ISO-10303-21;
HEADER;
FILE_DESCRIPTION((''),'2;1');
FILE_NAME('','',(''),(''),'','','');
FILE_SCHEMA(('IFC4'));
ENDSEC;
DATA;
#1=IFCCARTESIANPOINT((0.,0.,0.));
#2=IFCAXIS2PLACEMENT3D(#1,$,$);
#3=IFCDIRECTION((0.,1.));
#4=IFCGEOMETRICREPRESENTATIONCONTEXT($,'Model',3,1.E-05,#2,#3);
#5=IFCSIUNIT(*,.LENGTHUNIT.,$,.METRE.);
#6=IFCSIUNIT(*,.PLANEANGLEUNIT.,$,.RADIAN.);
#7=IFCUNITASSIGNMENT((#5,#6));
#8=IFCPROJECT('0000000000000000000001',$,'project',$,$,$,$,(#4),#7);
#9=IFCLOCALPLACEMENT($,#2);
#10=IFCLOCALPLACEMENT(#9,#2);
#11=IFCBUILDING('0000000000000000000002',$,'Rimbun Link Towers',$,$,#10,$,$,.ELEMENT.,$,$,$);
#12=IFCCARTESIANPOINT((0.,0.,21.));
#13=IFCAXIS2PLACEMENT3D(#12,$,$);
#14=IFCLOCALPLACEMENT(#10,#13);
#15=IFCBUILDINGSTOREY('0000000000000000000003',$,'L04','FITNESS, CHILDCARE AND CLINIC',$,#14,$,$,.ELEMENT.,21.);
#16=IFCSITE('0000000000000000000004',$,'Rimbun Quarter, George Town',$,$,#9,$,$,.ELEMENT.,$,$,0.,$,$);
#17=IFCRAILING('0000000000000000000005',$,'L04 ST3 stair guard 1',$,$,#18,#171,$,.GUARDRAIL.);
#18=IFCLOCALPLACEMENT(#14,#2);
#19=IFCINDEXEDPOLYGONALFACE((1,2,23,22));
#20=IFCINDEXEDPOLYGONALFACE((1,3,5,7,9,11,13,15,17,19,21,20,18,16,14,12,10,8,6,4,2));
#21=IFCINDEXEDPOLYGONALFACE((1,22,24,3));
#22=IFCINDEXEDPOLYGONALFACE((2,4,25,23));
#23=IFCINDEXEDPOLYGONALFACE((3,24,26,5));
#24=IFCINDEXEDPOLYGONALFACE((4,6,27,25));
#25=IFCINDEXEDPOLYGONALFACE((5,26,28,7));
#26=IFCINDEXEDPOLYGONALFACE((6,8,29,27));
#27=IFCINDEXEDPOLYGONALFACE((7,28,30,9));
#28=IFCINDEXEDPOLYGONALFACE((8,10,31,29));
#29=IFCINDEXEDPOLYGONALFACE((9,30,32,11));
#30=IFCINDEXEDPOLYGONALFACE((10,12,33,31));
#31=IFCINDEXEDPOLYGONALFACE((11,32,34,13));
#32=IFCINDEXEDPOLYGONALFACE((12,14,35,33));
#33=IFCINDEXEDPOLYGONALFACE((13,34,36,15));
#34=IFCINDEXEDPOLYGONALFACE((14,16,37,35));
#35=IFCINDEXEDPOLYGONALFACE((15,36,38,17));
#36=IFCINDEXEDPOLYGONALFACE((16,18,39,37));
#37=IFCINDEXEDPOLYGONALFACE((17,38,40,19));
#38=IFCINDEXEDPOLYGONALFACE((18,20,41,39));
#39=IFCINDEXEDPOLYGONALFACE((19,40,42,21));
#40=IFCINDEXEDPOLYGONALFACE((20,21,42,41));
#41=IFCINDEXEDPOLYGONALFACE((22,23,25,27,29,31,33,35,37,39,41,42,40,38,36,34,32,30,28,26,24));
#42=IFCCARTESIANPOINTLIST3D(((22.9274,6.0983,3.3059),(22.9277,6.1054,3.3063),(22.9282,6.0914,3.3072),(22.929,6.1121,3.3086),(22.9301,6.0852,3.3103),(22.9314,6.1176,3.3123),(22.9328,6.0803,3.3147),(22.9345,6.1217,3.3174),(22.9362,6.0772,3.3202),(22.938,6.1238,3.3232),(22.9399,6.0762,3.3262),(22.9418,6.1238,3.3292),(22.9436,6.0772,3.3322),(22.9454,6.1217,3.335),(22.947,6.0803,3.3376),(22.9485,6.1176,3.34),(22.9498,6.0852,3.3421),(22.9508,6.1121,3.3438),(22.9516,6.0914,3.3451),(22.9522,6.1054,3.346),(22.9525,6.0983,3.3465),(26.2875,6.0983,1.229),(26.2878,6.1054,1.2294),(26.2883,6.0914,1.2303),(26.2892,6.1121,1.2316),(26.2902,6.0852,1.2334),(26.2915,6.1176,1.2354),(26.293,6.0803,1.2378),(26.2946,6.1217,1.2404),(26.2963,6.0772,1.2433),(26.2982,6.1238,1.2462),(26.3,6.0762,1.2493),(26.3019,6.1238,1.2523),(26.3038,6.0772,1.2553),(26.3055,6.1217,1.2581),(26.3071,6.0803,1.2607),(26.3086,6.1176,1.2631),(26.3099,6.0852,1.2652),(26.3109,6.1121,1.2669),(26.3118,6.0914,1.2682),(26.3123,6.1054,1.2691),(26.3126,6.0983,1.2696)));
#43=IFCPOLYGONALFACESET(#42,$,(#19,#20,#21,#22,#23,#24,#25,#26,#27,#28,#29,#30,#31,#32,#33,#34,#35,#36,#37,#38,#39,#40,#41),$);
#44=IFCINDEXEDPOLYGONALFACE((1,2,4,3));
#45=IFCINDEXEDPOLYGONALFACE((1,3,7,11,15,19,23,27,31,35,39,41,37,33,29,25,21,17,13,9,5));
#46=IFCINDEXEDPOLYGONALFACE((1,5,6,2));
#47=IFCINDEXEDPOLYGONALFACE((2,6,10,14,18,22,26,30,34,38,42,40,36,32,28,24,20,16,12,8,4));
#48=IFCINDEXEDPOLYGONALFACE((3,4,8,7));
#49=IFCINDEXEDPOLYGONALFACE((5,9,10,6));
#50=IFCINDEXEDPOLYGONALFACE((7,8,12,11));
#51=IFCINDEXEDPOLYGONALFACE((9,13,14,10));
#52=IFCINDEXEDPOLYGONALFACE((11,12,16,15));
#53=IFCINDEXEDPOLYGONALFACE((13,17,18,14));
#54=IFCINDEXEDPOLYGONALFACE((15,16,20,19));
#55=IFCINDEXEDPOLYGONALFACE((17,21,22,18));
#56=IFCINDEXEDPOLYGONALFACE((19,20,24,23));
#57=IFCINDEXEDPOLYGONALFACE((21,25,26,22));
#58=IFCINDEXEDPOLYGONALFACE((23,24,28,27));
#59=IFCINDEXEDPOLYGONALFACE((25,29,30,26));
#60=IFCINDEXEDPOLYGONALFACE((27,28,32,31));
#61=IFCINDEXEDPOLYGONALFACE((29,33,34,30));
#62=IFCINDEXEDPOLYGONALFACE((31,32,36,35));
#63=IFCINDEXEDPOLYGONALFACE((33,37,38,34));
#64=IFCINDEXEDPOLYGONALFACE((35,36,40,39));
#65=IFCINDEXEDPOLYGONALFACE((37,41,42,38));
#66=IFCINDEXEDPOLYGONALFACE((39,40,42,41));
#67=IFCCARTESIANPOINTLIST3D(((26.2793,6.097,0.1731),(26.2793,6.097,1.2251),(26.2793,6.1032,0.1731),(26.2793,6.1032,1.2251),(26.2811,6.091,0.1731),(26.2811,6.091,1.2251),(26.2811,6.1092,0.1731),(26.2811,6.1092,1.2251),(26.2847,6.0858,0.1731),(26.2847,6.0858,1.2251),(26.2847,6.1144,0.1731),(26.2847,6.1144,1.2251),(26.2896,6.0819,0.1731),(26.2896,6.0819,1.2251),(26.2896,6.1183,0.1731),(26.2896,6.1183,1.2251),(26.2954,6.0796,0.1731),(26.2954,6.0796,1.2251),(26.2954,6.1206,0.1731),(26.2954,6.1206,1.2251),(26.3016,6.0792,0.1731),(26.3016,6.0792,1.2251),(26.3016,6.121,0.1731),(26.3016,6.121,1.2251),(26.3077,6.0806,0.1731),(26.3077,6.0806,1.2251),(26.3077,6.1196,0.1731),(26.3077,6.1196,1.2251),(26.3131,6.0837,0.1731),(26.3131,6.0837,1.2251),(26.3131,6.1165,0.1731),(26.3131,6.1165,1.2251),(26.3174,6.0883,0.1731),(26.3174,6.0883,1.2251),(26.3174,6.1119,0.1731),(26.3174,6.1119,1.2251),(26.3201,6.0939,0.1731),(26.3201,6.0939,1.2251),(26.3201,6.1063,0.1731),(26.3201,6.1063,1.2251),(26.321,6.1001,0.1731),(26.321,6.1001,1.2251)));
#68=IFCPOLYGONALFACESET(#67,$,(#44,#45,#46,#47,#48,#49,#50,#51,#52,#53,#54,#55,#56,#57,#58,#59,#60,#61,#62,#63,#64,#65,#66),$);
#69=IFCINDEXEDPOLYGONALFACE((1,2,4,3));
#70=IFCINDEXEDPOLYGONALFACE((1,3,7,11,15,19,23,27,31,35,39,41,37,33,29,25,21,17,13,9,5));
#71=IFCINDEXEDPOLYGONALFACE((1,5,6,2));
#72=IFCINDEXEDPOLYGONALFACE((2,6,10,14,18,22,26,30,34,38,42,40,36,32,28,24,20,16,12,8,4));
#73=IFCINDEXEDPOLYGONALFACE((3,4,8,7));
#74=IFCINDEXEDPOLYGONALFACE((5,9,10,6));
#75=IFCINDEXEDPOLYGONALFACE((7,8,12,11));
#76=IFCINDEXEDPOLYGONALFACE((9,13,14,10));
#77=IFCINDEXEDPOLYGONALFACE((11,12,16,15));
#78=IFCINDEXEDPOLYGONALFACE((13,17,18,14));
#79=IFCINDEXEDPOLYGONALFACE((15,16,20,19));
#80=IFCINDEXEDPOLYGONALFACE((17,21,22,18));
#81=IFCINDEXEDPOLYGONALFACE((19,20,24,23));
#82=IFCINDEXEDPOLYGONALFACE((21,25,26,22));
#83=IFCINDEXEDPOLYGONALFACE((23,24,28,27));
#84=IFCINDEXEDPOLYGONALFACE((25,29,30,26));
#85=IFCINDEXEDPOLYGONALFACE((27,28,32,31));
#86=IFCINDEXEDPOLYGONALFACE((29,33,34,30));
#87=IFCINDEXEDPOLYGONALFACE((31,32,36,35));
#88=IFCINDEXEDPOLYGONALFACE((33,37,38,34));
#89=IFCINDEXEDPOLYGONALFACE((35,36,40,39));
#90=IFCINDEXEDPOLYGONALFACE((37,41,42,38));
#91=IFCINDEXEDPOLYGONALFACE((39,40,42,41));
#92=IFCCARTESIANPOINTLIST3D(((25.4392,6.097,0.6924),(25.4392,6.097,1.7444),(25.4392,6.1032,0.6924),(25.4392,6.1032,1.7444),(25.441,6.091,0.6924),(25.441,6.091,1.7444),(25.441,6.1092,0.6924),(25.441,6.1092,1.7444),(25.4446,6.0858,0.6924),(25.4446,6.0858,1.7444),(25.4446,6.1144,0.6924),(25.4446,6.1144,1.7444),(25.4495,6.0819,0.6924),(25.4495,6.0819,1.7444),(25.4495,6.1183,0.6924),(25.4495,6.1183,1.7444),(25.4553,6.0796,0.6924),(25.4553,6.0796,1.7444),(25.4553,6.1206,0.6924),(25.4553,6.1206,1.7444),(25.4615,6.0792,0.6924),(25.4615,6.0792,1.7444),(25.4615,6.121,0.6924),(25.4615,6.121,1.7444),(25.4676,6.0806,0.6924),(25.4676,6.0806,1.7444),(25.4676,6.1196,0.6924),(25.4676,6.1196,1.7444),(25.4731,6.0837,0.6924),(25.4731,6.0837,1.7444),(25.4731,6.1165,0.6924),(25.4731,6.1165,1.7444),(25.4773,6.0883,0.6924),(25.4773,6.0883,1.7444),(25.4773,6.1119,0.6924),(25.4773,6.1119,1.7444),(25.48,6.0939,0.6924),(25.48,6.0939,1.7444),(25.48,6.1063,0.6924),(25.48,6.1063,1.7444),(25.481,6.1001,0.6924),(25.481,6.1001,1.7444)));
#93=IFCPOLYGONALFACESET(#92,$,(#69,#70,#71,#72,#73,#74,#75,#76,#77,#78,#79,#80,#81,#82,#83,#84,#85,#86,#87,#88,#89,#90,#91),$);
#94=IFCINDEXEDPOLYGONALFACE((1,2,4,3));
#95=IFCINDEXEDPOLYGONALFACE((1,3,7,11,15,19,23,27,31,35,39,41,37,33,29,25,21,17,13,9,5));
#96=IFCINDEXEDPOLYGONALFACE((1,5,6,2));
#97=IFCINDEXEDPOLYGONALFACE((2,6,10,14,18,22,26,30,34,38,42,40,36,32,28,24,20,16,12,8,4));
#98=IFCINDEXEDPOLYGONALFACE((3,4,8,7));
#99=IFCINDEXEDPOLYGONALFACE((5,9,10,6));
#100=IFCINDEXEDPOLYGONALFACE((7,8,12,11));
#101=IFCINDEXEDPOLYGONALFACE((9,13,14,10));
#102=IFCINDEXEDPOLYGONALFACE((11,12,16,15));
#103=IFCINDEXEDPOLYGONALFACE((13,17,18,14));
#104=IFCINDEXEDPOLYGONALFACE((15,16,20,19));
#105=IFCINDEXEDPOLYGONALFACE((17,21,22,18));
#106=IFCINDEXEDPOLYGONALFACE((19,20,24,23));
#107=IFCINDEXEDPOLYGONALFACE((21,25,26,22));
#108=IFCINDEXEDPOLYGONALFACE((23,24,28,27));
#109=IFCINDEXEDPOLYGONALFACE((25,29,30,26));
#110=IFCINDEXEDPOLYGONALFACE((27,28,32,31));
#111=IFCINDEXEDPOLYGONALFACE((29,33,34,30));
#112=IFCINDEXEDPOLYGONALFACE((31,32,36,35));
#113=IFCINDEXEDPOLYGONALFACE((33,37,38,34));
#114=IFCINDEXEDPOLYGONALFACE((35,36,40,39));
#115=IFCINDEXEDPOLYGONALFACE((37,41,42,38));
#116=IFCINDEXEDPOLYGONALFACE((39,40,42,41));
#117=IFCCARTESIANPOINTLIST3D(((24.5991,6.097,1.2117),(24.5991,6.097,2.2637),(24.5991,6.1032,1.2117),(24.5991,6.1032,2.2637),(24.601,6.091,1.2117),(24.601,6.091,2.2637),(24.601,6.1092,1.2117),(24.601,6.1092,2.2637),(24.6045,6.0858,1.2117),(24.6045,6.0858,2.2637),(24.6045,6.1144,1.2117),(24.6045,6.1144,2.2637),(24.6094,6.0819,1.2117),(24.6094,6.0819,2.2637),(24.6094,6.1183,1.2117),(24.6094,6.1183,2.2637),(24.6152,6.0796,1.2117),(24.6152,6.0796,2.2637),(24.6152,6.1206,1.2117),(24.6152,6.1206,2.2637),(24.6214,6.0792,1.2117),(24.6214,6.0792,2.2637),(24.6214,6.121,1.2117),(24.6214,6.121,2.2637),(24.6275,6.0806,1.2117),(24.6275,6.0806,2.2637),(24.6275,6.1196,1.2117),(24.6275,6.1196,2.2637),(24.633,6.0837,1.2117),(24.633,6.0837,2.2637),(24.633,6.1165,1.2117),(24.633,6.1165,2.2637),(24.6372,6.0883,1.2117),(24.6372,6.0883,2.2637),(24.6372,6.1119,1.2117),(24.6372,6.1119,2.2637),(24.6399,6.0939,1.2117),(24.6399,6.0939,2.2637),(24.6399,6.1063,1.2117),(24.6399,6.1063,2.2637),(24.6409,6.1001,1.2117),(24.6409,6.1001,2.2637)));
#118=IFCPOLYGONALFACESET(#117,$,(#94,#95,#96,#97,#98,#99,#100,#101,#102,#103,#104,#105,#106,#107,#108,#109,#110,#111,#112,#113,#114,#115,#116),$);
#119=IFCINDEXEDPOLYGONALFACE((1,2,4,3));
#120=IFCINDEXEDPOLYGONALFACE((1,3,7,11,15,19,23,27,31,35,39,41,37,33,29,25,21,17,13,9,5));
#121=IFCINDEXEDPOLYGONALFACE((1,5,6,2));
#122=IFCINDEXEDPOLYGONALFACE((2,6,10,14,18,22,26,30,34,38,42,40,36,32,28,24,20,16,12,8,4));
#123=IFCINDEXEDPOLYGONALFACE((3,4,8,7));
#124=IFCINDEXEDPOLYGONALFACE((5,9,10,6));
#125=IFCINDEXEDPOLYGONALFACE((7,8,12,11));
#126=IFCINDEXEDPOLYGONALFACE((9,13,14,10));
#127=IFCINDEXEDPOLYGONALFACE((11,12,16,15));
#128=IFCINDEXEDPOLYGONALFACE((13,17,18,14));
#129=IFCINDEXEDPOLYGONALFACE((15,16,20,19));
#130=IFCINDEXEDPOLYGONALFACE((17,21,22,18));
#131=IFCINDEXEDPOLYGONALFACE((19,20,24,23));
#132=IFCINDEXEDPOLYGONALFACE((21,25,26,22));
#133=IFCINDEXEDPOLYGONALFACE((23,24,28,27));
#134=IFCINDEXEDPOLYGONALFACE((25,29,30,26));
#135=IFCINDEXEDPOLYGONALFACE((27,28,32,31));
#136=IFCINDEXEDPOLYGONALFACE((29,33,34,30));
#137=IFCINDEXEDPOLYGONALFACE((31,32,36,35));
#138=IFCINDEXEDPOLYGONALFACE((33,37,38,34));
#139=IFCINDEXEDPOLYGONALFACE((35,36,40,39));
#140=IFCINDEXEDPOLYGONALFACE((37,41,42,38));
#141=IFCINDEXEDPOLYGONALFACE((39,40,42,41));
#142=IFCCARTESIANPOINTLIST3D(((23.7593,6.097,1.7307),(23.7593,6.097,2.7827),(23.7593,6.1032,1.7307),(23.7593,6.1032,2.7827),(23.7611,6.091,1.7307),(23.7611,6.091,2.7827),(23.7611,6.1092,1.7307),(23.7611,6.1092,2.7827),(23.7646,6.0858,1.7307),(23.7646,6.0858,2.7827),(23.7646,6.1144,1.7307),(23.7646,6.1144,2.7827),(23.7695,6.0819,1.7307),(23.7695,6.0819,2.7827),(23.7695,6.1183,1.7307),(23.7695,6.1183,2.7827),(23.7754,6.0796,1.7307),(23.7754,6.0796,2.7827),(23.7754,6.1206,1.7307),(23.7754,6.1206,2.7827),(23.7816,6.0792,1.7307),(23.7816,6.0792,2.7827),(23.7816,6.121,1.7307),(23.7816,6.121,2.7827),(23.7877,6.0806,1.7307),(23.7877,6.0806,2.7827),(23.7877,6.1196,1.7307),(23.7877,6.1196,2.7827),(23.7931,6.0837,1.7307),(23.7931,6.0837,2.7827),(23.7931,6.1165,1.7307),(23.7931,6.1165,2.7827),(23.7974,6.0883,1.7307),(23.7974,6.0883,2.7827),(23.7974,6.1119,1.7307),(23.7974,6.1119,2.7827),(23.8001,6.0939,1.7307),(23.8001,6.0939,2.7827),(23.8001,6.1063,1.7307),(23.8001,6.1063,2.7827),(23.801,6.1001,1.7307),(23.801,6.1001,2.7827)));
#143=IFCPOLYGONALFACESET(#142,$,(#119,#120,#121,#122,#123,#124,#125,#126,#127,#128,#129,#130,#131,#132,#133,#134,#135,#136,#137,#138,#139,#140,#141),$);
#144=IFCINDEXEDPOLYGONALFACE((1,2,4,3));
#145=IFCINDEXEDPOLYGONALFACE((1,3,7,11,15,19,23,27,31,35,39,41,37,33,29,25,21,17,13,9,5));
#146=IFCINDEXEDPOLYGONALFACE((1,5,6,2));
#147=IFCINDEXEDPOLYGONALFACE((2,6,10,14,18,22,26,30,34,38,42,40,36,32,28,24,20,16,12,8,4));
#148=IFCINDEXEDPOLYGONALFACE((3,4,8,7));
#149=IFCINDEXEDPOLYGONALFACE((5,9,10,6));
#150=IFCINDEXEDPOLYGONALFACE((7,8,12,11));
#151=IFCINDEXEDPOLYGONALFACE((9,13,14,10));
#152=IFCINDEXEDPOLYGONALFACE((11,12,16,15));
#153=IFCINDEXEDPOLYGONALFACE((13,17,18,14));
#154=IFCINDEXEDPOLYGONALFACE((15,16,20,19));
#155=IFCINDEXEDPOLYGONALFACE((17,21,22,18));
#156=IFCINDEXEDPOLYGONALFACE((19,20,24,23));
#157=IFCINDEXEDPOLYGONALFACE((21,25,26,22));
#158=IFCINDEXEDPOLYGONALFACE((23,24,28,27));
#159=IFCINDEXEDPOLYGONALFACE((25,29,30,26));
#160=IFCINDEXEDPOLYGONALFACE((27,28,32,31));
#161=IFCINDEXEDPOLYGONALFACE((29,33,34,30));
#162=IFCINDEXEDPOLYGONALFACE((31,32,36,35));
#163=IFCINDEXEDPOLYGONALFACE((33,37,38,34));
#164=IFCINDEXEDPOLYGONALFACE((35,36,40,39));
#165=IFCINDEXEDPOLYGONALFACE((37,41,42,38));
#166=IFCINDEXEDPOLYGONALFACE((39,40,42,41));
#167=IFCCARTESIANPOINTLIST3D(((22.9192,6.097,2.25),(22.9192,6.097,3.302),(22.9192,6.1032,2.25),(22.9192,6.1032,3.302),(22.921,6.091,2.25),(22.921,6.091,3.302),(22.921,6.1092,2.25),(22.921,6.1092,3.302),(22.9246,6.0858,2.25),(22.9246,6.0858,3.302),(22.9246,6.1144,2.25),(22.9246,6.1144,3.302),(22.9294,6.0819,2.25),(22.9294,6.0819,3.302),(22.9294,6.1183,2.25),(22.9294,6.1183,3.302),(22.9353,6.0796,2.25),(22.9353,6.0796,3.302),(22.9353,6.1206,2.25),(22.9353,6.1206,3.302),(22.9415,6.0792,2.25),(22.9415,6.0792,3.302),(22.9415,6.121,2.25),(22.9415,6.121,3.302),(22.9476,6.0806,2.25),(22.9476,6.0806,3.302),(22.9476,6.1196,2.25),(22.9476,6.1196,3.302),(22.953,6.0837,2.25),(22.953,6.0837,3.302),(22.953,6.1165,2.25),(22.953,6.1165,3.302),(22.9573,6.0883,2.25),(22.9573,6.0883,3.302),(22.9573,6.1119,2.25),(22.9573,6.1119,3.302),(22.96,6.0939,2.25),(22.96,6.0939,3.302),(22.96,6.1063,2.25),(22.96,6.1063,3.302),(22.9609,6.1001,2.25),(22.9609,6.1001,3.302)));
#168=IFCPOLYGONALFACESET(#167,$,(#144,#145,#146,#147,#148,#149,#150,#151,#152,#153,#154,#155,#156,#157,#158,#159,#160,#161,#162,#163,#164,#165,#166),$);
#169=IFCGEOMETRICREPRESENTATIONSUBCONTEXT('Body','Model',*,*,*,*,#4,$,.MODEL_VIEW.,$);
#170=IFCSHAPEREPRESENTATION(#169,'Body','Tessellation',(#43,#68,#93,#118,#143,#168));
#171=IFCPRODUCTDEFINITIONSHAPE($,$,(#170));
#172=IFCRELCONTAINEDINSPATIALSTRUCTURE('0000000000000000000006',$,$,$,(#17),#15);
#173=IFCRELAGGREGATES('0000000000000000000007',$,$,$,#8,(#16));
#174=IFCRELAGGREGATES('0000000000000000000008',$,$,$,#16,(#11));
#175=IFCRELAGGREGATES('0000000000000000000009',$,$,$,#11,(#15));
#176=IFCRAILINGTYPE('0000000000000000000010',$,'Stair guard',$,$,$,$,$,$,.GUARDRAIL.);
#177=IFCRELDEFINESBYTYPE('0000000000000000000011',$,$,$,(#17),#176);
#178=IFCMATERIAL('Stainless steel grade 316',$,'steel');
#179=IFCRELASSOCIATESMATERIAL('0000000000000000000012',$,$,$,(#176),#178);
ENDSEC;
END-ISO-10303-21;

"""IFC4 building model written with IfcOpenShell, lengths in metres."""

from ifc_helpers import new_model, si_unit, direction, frame, origin, origin_2d, place, context, subcontext, project, spatial, circle, extrude, material, type_object, element, save


model = new_model("IFC4")

# Units and contexts
model_context = context("Model", 3, precision=1e-05, world=origin(), true_north=direction((0.0, 1.0)))
body_context = subcontext(model_context, "Body", "Model", "MODEL_VIEW")
ifc_project = project(units=[si_unit("LENGTHUNIT", "METRE"), si_unit("PLANEANGLEUNIT", "RADIAN")], contexts=[model_context])

# Site, building, storey
site_placement = place(None, origin())
site = spatial("IfcSite", under=ifc_project, at=site_placement, Name="Rimbun Quarter, George Town", CompositionType="ELEMENT", RefElevation=0.0)
building_placement = place(site_placement, origin())
building = spatial("IfcBuilding", under=site, at=building_placement, Name="Rimbun Link Towers", CompositionType="ELEMENT")
storey_placement = place(building_placement, frame((0.0, 0.0, 21.0)))
storey = spatial("IfcBuildingStorey", under=building, at=storey_placement, Name="L04", Description="FITNESS, CHILDCARE AND CLINIC", CompositionType="ELEMENT", Elevation=21.0)

# Railing
ifc_material_1 = material(Name="Stainless steel grade 316", Category="steel")
railing_type_1 = type_object("IfcRailingType", Name="Stair guard", PredefinedType="GUARDRAIL", material=ifc_material_1)
railing_1_placement = place(storey_placement, frame((26.3, 6.1001, 0.1731)))
element("IfcRailing", 1, at=railing_1_placement, inside=storey, type_object=railing_type_1, Name="L04 ST3 stair guard 1", PredefinedType="GUARDRAIL", context=body_context, shape_type="SweptSolid", body=[
    extrude(circle(Radius=0.0239, at=origin_2d()), frame((0.0, 0.0, 1.0762), z_axis=(-0.850623, 0.0, 0.525776), x_axis=(0.0, -1.0, 0.0)), (0.0, 0.0, 1.0), 3.9502),
    extrude(circle(Radius=0.021, at=origin_2d()), origin(), (0.0, 0.0, 1.0), 1.052),
    extrude(circle(Radius=0.021, at=origin_2d()), frame((-0.8401, 0.0, 0.5193)), (0.0, 0.0, 1.0), 1.052),
    extrude(circle(Radius=0.021, at=origin_2d()), frame((-1.6802, 0.0, 1.0386)), (0.0, 0.0, 1.0), 1.052),
    extrude(circle(Radius=0.021, at=origin_2d()), frame((-2.52, 0.0, 1.5576)), (0.0, 0.0, 1.0), 1.052),
    extrude(circle(Radius=0.021, at=origin_2d()), frame((-3.3601, 0.0, 2.0769)), (0.0, 0.0, 1.0), 1.052),
])

save(model, "model.ifc")
